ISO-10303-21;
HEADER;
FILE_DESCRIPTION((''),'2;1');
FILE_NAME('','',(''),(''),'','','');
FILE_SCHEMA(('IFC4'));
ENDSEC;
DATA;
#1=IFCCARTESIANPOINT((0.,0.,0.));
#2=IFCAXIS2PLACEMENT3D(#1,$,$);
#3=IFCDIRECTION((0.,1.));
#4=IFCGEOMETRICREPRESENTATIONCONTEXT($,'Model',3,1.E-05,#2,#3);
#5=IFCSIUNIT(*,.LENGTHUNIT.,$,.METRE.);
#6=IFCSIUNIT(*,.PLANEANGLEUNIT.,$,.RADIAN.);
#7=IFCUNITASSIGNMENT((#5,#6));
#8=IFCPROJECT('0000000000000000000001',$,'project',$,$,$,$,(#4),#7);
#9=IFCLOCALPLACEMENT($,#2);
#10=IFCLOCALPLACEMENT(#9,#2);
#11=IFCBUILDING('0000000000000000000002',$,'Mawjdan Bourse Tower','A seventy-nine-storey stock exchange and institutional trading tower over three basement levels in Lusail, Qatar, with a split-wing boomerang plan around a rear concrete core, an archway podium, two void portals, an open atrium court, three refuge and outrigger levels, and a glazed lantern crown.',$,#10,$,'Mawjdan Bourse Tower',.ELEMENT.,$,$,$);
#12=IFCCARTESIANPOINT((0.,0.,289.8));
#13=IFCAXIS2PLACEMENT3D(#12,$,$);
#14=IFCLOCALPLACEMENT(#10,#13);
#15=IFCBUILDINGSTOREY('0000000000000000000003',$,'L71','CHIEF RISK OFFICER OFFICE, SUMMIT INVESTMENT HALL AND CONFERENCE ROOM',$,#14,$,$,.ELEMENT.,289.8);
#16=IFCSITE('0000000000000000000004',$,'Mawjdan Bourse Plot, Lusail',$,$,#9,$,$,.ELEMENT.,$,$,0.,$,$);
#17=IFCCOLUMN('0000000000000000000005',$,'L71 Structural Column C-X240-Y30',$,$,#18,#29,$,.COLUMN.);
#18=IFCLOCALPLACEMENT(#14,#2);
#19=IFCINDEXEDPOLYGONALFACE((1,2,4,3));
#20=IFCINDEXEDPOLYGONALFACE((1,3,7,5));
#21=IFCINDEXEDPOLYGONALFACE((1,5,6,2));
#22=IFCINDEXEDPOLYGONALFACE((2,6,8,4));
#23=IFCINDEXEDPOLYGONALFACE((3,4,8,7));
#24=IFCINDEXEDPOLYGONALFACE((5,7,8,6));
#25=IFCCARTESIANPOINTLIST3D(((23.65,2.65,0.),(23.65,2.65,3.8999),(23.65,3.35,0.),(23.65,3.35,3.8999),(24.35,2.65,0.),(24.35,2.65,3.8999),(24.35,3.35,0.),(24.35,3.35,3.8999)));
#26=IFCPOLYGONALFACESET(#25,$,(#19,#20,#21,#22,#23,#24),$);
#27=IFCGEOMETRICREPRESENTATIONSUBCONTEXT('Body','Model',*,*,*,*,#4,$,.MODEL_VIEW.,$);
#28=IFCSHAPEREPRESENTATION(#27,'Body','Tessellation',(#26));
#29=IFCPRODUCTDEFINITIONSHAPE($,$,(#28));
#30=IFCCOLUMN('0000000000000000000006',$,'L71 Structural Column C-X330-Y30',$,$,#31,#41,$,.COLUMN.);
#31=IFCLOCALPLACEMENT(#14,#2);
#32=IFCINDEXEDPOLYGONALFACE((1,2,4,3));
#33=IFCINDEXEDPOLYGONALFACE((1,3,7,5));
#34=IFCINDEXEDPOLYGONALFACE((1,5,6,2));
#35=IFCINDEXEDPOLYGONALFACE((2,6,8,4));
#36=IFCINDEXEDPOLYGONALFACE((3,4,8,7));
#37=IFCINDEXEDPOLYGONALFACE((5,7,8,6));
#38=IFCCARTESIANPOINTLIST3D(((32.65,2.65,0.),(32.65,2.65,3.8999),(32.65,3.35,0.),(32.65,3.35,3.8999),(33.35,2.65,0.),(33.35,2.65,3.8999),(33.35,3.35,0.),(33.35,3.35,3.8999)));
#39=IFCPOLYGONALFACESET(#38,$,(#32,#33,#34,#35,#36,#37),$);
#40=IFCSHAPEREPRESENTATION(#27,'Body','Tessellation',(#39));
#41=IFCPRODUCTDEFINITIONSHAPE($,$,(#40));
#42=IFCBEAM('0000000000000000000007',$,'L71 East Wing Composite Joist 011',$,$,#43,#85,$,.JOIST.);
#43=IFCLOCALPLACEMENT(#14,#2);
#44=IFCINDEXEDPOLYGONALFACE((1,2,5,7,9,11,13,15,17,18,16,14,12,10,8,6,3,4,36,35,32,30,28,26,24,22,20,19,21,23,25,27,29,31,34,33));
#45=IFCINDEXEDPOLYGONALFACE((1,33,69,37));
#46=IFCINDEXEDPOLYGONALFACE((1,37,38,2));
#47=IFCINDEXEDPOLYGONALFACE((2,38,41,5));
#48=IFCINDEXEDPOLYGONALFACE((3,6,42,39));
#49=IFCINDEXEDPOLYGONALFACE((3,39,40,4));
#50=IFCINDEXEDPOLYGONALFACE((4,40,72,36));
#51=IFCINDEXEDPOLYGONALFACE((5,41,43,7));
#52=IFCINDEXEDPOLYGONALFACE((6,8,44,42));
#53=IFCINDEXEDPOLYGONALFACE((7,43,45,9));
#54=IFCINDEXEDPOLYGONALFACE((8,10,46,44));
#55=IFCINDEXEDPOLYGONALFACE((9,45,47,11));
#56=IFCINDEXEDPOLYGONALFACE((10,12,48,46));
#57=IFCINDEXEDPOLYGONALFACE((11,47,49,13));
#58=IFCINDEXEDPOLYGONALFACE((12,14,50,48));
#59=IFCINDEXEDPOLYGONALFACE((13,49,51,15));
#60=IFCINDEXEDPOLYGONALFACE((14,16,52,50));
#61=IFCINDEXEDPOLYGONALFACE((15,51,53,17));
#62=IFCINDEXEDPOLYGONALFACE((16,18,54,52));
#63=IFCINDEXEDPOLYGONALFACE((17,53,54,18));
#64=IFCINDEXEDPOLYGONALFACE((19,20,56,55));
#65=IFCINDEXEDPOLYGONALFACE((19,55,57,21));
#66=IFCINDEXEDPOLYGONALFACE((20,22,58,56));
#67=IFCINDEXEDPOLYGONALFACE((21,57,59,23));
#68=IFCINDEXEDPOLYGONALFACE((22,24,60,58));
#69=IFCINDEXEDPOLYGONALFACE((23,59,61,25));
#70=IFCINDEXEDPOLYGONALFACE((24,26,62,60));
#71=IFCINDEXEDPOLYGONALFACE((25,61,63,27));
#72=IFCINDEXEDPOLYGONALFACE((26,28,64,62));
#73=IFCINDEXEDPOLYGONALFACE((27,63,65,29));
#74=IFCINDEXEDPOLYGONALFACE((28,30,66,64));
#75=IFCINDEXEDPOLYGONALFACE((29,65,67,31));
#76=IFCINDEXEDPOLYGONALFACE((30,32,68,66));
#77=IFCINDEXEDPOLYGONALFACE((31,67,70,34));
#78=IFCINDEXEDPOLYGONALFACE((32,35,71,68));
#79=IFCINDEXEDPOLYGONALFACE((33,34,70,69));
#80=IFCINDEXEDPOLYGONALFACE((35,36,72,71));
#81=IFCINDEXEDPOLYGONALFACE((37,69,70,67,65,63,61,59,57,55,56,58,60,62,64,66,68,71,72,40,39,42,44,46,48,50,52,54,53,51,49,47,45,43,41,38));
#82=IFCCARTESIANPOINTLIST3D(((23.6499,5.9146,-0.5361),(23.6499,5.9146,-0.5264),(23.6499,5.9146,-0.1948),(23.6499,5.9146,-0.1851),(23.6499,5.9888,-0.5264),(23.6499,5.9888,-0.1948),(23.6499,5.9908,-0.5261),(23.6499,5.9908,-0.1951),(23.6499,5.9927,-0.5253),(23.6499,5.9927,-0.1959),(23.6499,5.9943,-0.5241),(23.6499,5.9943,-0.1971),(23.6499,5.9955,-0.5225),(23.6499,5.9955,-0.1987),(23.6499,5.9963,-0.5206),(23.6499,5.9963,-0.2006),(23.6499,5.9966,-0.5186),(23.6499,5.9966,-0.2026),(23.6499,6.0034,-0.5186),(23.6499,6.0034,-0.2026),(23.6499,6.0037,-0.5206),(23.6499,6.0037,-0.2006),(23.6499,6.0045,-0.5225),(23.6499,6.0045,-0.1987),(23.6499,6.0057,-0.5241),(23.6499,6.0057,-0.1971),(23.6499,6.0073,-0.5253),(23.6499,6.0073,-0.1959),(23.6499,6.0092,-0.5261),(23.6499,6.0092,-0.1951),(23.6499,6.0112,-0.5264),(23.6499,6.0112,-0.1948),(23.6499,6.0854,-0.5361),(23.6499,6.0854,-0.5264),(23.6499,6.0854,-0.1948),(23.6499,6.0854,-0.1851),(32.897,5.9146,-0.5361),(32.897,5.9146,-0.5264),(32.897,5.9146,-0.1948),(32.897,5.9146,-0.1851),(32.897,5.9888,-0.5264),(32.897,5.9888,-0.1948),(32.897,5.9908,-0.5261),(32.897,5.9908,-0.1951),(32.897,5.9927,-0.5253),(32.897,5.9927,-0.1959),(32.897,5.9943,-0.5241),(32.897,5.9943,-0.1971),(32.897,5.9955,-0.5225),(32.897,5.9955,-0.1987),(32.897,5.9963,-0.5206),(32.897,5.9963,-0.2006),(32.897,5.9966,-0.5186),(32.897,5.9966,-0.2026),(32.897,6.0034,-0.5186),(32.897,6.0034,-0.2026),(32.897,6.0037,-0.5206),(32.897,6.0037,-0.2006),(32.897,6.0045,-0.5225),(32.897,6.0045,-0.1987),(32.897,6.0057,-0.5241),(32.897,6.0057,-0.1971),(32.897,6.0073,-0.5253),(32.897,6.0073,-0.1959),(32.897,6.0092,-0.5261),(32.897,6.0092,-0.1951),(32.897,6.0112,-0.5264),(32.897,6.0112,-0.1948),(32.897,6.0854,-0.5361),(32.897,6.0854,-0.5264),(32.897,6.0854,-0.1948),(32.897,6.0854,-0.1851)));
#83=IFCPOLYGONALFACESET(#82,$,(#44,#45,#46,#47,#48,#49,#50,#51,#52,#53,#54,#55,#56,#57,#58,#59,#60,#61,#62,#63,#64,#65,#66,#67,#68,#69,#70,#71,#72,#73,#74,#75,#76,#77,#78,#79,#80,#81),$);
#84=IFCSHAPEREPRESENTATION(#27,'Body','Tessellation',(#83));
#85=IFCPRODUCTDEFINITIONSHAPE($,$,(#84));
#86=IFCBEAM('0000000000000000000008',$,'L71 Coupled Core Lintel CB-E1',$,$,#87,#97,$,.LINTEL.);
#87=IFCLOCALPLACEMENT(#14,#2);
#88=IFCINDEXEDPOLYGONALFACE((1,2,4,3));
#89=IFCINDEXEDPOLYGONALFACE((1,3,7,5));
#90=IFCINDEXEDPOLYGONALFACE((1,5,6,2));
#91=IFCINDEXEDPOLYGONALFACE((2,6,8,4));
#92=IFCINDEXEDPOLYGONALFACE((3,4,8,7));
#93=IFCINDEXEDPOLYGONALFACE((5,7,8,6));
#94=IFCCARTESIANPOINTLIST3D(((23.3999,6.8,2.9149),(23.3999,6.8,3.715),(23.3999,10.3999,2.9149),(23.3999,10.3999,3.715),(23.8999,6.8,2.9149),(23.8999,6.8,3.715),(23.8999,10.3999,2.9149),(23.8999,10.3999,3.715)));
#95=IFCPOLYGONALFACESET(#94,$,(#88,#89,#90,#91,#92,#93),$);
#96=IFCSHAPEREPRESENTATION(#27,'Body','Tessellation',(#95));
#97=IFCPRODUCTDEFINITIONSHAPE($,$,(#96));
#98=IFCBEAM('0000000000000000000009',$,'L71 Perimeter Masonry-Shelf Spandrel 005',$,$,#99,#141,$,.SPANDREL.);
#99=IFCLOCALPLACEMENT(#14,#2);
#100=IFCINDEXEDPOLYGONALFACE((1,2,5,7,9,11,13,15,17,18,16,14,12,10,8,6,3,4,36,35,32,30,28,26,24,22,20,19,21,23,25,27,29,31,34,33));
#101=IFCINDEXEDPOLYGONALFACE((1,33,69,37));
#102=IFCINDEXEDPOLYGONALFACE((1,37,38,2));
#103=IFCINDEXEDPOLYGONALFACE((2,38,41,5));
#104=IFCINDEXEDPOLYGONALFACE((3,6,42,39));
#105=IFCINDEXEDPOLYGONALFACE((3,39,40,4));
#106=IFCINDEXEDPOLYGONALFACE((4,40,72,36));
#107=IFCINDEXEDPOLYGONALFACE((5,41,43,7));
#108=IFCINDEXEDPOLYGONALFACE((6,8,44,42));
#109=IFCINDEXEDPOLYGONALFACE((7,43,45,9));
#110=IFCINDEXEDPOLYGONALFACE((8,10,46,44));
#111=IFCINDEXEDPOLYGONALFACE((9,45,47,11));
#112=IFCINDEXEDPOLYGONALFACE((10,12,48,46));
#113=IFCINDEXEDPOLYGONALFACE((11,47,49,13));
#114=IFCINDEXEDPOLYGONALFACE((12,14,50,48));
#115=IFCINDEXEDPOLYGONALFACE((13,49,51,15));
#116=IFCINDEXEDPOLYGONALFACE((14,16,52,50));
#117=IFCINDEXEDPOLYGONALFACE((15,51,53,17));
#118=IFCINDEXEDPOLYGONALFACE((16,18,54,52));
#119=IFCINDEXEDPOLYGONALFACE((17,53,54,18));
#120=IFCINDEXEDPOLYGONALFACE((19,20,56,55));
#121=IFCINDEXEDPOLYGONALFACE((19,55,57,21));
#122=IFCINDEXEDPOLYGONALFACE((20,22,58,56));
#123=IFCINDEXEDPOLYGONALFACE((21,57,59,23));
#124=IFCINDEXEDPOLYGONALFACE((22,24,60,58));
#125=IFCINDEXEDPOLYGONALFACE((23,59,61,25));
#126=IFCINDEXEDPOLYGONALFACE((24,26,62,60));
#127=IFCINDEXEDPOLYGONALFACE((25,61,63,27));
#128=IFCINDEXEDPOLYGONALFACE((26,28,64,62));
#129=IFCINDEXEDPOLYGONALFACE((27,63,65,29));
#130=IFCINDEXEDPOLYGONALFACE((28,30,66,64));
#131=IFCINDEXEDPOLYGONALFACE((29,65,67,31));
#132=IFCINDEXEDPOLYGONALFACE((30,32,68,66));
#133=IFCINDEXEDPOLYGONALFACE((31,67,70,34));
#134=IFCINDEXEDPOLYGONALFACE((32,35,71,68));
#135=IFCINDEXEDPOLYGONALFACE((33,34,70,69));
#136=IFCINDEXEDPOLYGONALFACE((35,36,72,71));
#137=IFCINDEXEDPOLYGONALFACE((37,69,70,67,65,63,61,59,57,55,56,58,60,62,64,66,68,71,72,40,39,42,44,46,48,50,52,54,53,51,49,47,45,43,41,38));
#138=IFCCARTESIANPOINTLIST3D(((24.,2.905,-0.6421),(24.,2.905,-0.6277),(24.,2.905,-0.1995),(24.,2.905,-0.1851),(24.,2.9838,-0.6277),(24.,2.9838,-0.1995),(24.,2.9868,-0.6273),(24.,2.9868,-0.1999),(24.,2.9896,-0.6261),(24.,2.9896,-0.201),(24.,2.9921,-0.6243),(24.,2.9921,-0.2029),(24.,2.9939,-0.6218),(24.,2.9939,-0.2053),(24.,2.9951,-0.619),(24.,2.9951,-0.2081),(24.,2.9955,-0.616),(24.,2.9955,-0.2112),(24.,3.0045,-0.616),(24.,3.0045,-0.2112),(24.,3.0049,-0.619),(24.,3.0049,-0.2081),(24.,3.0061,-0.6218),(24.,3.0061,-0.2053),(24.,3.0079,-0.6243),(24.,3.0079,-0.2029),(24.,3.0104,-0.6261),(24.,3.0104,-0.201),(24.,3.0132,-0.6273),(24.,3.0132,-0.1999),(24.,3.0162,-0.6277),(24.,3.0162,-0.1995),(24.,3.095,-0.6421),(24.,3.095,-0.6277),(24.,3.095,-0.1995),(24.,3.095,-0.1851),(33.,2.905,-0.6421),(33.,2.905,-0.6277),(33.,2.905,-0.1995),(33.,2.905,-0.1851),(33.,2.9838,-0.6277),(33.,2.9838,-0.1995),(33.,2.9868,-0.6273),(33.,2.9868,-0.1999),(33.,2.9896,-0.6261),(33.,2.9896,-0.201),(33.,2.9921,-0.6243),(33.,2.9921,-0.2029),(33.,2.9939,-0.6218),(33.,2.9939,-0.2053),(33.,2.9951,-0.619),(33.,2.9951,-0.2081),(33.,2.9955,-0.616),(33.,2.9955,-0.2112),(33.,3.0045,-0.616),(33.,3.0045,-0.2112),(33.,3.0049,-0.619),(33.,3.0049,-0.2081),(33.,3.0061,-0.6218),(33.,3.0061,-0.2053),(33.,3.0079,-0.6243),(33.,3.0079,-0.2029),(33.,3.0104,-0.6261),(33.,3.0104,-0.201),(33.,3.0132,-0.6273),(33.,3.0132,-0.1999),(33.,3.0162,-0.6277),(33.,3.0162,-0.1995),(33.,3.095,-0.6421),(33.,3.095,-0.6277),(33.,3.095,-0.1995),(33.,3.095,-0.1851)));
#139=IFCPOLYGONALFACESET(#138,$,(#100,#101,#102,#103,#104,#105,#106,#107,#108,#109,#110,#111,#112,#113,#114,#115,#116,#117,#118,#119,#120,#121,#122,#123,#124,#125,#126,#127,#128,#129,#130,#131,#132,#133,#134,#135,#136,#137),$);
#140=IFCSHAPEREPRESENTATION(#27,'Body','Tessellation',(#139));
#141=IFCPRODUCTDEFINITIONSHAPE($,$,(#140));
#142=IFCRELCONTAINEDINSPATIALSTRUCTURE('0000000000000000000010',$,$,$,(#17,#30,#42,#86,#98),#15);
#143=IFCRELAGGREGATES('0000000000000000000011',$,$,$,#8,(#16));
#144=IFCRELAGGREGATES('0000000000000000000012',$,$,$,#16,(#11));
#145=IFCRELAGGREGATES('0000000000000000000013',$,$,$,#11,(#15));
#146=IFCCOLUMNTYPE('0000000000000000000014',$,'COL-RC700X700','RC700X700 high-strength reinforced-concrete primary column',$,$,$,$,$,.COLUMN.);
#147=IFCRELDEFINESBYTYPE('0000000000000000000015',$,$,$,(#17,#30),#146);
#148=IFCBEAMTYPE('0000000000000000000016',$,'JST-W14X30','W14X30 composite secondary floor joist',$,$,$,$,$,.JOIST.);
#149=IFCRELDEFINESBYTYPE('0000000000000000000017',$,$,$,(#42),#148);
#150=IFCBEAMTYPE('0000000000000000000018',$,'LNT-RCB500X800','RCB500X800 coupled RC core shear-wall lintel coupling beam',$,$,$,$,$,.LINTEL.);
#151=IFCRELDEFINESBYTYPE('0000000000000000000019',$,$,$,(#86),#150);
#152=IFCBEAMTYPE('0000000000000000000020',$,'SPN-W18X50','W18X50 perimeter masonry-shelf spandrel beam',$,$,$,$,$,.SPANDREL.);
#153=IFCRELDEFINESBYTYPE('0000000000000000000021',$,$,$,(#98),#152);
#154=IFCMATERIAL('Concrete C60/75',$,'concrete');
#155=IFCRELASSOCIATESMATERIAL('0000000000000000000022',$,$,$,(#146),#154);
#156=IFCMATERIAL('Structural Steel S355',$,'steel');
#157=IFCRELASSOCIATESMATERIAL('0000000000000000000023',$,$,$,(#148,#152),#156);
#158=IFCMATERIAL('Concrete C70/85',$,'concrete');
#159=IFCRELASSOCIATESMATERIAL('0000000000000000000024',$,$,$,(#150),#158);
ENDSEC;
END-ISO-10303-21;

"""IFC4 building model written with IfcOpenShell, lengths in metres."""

from ifc_helpers import new_model, si_unit, direction, frame, origin, origin_2d, place, context, subcontext, project, spatial, rectangle, i_section, extrude, material, material_profile, profile_set, type_object, element, save


model = new_model("IFC4")

# Units and contexts
model_context = context("Model", 3, precision=1e-05, world=origin(), true_north=direction((0.0, 1.0)))
body_context = subcontext(model_context, "Body", "Model", "MODEL_VIEW")
ifc_project = project(units=[si_unit("LENGTHUNIT", "METRE"), si_unit("PLANEANGLEUNIT", "RADIAN")], contexts=[model_context])

# Site, building, storey
site_placement = place(None, origin())
site = spatial("IfcSite", under=ifc_project, at=site_placement, Name="Mawjdan Bourse Plot, Lusail", CompositionType="ELEMENT", RefElevation=0.0)
building_placement = place(site_placement, origin())
building = spatial("IfcBuilding", under=site, at=building_placement, Name="Mawjdan Bourse Tower", Description="A seventy-nine-storey stock exchange and institutional trading tower over three basement levels in Lusail, Qatar, with a split-wing boomerang plan around a rear concrete core, an archway podium, two void portals, an open atrium court, three refuge and outrigger levels, and a glazed lantern crown.", LongName="Mawjdan Bourse Tower", CompositionType="ELEMENT")
storey_placement = place(building_placement, frame((0.0, 0.0, 289.8)))
storey = spatial("IfcBuildingStorey", under=building, at=storey_placement, Name="L71", Description="CHIEF RISK OFFICER OFFICE, SUMMIT INVESTMENT HALL AND CONFERENCE ROOM", CompositionType="ELEMENT", Elevation=289.8)

# Columns
ifc_material_1 = material(Name="Concrete C60/75", Category="concrete")
ifc_material_profile_1 = material_profile(ifc_material_1, rectangle(XDim=0.7, YDim=0.7, at=origin_2d()), Name="RC700X700")
ifc_profile_set_1 = profile_set([ifc_material_profile_1], Name="Concrete C60/75")
column_type = type_object("IfcColumnType", Name="COL-RC700X700", Description="RC700X700 high-strength reinforced-concrete primary column", PredefinedType="COLUMN", material=ifc_profile_set_1)
for number, where, z_axis, x_axis, name in (
    (1, (24.0, 3.0, 0.0), (0.0, 0.0, 1.0), (1.0, 0.0, 0.0), "L71 Structural Column C-X240-Y30"),
    (2, (33.0, 3.0, 0.0), (0.0, 0.0, 1.0), (1.0, 0.0, 0.0), "L71 Structural Column C-X330-Y30"),
):
    element("IfcColumn", number, at=place(storey_placement, frame(where, z_axis=z_axis, x_axis=x_axis)), inside=storey, type_object=column_type, Name=name, PredefinedType="COLUMN", context=body_context, shape_type="SweptSolid", body=[
        extrude(rectangle(XDim=0.7, YDim=0.7, at=origin_2d()), origin(), (0.0, 0.0, 1.0), 3.8999),
    ])

# Beams
ifc_material_2 = material(Name="Structural Steel S355", Category="steel")
ifc_material_profile_2 = material_profile(ifc_material_2, i_section(OverallWidth=0.1709, OverallDepth=0.3511, WebThickness=0.0068, FlangeThickness=0.0098, FilletRadius=0.0078, at=origin_2d()), Name="W14X30")
ifc_profile_set_2 = profile_set([ifc_material_profile_2], Name="Structural Steel S355")
beam_type_1 = type_object("IfcBeamType", Name="JST-W14X30", Description="W14X30 composite secondary floor joist", PredefinedType="JOIST", material=ifc_profile_set_2)
beam_1_placement = place(storey_placement, frame((23.6499, 6.0, -0.3606), z_axis=(1.0, 0.0, 0.0), x_axis=(0.0, 1.0, 0.0)))
element("IfcBeam", 3, at=beam_1_placement, inside=storey, type_object=beam_type_1, Name="L71 East Wing Composite Joist 011", PredefinedType="JOIST", context=body_context, shape_type="SweptSolid", body=[
    extrude(i_section(OverallWidth=0.1709, OverallDepth=0.3511, WebThickness=0.0068, FlangeThickness=0.0098, FilletRadius=0.0078, at=origin_2d()), origin(), (0.0, 0.0, 1.0), 9.2471),
])
ifc_material_3 = material(Name="Concrete C70/85", Category="concrete")
ifc_material_profile_3 = material_profile(ifc_material_3, rectangle(XDim=0.5, YDim=0.8, at=origin_2d()), Name="RCB500X800")
ifc_profile_set_3 = profile_set([ifc_material_profile_3], Name="Concrete C70/85")
beam_type_2 = type_object("IfcBeamType", Name="LNT-RCB500X800", Description="RCB500X800 coupled RC core shear-wall lintel coupling beam", PredefinedType="LINTEL", material=ifc_profile_set_3)
beam_2_placement = place(storey_placement, frame((23.6499, 6.8, 3.3149), z_axis=(0.0, 1.0, 0.0), x_axis=(-1.0, 0.0, 0.0)))
element("IfcBeam", 4, at=beam_2_placement, inside=storey, type_object=beam_type_2, Name="L71 Coupled Core Lintel CB-E1", PredefinedType="LINTEL", context=body_context, shape_type="SweptSolid", body=[
    extrude(rectangle(XDim=0.5, YDim=0.8, at=origin_2d()), origin(), (0.0, 0.0, 1.0), 3.5999),
])
ifc_material_profile_4 = material_profile(ifc_material_2, i_section(OverallWidth=0.1899, OverallDepth=0.457, WebThickness=0.009, FlangeThickness=0.0144, FilletRadius=0.0117, at=origin_2d()), Name="W18X50")
ifc_profile_set_4 = profile_set([ifc_material_profile_4], Name="Structural Steel S355")
beam_type_3 = type_object("IfcBeamType", Name="SPN-W18X50", Description="W18X50 perimeter masonry-shelf spandrel beam", PredefinedType="SPANDREL", material=ifc_profile_set_4)
beam_3_placement = place(storey_placement, frame((24.0, 3.0, -0.4136), z_axis=(1.0, 0.0, 0.0), x_axis=(0.0, 1.0, 0.0)))
element("IfcBeam", 5, at=beam_3_placement, inside=storey, type_object=beam_type_3, Name="L71 Perimeter Masonry-Shelf Spandrel 005", PredefinedType="SPANDREL", context=body_context, shape_type="SweptSolid", body=[
    extrude(i_section(OverallWidth=0.1899, OverallDepth=0.457, WebThickness=0.009, FlangeThickness=0.0144, FilletRadius=0.0117, at=origin_2d()), origin(), (0.0, 0.0, 1.0), 9.0),
])

save(model, "model.ifc")
